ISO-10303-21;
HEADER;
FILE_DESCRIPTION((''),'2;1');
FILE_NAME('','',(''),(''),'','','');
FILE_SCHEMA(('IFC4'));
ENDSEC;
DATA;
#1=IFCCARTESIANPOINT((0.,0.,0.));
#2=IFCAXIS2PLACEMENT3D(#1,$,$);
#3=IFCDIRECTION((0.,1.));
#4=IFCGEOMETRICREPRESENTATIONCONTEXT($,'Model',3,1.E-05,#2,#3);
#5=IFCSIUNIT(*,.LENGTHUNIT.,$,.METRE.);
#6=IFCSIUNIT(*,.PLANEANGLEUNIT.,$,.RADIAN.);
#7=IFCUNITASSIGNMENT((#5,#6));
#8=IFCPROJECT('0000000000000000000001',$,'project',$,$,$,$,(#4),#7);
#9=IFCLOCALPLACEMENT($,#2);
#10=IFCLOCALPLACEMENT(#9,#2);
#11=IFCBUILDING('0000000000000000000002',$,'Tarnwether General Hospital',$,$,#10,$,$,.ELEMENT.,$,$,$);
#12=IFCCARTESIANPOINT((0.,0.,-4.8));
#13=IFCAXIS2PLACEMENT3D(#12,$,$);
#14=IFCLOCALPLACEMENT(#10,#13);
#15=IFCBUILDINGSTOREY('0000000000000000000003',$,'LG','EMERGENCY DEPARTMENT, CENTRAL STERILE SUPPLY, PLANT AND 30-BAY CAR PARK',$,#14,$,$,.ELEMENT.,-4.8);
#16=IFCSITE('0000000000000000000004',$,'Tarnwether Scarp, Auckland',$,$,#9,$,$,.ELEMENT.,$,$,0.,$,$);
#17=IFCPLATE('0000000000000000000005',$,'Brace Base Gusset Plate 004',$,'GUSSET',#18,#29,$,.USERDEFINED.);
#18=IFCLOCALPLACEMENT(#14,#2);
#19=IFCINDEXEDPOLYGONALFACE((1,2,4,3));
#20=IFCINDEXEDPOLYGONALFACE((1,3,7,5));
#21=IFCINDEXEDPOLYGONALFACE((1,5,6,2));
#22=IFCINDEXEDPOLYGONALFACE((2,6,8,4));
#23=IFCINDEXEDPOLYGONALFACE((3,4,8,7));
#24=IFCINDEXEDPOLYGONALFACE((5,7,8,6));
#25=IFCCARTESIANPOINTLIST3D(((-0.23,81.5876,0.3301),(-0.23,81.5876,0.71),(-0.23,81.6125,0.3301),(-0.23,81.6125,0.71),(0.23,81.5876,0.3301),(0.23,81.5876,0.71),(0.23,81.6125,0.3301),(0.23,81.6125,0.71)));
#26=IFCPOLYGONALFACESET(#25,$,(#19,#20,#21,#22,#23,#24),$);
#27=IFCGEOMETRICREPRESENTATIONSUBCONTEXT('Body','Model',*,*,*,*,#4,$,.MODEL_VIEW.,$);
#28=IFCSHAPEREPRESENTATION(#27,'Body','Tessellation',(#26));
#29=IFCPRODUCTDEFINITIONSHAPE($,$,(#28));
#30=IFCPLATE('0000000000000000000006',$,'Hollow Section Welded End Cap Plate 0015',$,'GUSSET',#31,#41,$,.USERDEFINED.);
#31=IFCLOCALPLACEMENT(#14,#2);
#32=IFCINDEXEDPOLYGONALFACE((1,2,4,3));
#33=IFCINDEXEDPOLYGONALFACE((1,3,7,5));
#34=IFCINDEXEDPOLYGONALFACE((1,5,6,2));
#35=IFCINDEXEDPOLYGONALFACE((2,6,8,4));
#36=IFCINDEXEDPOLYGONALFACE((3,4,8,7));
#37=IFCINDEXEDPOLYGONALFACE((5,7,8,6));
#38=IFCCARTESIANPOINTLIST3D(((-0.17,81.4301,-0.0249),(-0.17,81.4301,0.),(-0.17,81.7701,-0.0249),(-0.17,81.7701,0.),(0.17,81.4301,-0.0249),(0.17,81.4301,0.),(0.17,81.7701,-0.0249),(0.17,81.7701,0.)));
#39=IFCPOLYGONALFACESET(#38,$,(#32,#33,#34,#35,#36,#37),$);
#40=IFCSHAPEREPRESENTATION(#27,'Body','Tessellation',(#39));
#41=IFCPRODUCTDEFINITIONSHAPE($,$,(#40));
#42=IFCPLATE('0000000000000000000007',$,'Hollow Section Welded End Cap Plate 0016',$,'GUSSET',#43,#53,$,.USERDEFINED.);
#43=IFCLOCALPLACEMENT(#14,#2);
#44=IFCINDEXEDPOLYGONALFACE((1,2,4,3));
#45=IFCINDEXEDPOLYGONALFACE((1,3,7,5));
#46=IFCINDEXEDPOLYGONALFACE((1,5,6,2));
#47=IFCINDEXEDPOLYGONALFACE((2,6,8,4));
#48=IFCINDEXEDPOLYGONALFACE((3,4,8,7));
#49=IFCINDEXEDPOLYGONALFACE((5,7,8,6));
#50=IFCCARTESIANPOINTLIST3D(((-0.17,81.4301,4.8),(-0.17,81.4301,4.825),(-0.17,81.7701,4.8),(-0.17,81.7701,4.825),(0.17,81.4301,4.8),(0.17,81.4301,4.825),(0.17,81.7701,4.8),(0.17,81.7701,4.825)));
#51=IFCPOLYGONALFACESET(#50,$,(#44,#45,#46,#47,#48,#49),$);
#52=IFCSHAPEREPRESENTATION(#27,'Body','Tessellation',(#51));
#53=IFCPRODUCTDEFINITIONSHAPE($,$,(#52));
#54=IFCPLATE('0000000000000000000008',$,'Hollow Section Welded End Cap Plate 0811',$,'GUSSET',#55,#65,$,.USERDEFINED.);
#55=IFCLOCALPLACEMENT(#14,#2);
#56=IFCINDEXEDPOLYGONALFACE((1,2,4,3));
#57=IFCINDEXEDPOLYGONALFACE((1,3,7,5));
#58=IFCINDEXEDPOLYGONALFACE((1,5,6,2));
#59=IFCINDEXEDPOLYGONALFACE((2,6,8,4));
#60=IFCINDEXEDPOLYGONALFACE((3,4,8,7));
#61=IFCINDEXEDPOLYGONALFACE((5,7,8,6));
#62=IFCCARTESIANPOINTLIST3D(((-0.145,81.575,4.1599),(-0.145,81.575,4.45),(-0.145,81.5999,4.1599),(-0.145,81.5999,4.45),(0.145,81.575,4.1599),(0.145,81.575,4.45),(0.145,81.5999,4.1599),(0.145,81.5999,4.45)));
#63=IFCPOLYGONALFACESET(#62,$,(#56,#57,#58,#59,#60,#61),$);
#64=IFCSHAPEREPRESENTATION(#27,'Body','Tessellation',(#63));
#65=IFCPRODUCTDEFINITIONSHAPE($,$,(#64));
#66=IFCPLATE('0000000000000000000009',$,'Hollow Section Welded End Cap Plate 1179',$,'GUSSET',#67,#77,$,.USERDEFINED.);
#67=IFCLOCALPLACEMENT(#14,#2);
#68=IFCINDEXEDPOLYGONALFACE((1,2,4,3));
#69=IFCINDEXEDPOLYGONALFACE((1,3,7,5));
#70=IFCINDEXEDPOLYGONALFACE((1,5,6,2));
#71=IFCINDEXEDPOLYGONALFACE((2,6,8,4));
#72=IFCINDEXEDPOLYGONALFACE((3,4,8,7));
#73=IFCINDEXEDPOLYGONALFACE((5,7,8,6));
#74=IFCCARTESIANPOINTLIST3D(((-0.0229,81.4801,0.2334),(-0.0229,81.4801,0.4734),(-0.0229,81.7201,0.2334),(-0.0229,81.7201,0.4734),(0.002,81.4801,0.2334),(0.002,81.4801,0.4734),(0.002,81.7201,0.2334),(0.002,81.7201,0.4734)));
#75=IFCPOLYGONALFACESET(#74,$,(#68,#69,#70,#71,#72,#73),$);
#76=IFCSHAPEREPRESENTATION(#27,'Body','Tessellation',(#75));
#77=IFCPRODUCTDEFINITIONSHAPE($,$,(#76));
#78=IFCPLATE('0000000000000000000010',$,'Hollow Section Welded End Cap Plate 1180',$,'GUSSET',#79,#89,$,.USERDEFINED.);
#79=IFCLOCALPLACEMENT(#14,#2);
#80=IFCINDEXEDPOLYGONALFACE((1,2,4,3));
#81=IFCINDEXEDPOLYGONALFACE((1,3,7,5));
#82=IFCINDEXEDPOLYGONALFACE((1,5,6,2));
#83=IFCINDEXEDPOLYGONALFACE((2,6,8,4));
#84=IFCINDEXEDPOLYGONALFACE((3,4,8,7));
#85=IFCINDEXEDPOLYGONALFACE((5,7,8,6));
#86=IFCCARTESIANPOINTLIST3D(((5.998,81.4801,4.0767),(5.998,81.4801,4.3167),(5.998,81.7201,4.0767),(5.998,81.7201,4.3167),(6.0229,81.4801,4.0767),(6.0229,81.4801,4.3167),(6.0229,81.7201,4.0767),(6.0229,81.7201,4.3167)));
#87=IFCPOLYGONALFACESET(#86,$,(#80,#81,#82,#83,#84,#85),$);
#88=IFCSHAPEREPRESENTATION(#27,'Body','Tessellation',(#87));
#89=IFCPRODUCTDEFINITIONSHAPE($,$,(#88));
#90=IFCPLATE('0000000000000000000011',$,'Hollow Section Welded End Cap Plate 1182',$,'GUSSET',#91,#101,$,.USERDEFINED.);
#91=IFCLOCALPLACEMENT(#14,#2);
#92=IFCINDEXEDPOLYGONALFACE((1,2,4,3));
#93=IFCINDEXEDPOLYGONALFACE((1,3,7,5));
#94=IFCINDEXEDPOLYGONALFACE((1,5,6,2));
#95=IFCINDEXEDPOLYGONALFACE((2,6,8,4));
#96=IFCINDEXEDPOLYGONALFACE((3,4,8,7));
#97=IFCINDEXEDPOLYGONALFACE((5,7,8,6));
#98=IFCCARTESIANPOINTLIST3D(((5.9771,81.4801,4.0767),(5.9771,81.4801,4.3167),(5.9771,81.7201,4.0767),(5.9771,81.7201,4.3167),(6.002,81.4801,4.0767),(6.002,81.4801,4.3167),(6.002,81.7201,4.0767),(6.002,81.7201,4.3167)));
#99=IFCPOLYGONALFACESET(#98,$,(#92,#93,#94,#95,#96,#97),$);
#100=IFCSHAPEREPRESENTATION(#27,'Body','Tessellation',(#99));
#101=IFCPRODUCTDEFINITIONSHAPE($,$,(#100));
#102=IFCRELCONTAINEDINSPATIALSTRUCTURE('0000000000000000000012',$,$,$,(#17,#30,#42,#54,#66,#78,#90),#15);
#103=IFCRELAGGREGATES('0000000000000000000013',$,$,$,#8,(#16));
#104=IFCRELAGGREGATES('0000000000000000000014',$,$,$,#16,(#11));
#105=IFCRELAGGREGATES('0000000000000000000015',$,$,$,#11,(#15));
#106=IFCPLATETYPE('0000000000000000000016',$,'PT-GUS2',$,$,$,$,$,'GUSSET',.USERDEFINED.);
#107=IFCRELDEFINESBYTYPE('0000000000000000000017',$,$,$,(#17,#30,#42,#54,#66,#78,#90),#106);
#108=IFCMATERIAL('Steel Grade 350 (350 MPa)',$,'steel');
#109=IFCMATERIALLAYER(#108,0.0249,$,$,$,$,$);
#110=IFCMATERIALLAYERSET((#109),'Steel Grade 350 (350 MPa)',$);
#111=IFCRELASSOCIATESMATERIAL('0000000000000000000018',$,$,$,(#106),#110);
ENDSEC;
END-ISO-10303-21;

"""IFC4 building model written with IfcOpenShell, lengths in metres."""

from ifc_helpers import new_model, si_unit, direction, frame, origin, origin_2d, place, context, subcontext, project, spatial, rectangle, extrude, material, layer, layer_set, type_object, element, save


model = new_model("IFC4")

# Units and contexts
model_context = context("Model", 3, precision=1e-05, world=origin(), true_north=direction((0.0, 1.0)))
body_context = subcontext(model_context, "Body", "Model", "MODEL_VIEW")
ifc_project = project(units=[si_unit("LENGTHUNIT", "METRE"), si_unit("PLANEANGLEUNIT", "RADIAN")], contexts=[model_context])

# Site, building, storey
site_placement = place(None, origin())
site = spatial("IfcSite", under=ifc_project, at=site_placement, Name="Tarnwether Scarp, Auckland", CompositionType="ELEMENT", RefElevation=0.0)
building_placement = place(site_placement, origin())
building = spatial("IfcBuilding", under=site, at=building_placement, Name="Tarnwether General Hospital", CompositionType="ELEMENT")
storey_placement = place(building_placement, frame((0.0, 0.0, -4.8)))
storey = spatial("IfcBuildingStorey", under=building, at=storey_placement, Name="LG", Description="EMERGENCY DEPARTMENT, CENTRAL STERILE SUPPLY, PLANT AND 30-BAY CAR PARK", CompositionType="ELEMENT", Elevation=-4.8)

# Plates
ifc_material_1 = material(Name="Steel Grade 350 (350 MPa)", Category="steel")
ifc_layer_1 = layer(ifc_material_1, 0.0249)
ifc_layer_set_1 = layer_set([ifc_layer_1], Name="Steel Grade 350 (350 MPa)")
plate_type_1 = type_object("IfcPlateType", Name="PT-GUS2", ElementType="GUSSET", PredefinedType="USERDEFINED", material=ifc_layer_set_1)
plate_1_placement = place(storey_placement, frame((0.0, 81.6001, 0.3301), z_axis=(0.0, 0.0, 1.0), x_axis=(1.0, 0.0, 0.0)))
element("IfcPlate", 1, at=plate_1_placement, inside=storey, type_object=plate_type_1, Name="Brace Base Gusset Plate 004", ObjectType="GUSSET", PredefinedType="USERDEFINED", context=body_context, shape_type="SweptSolid", body=[
    extrude(rectangle(XDim=0.46, YDim=0.0249, at=origin_2d()), origin(), (0.0, 0.0, 1.0), 0.3799),
])
for number, where, z_axis, x_axis, name in (
    (2, (0.0, 81.6001, -0.0249), (0.0, 0.0, 1.0), (1.0, 0.0, 0.0), "Hollow Section Welded End Cap Plate 0015"),
    (3, (0.0, 81.6001, 4.8), (0.0, 0.0, 1.0), (1.0, 0.0, 0.0), "Hollow Section Welded End Cap Plate 0016"),
):
    element("IfcPlate", number, at=place(storey_placement, frame(where, z_axis=z_axis, x_axis=x_axis)), inside=storey, type_object=plate_type_1, Name=name, ObjectType="GUSSET", PredefinedType="USERDEFINED", context=body_context, shape_type="SweptSolid", body=[
        extrude(rectangle(XDim=0.3401, YDim=0.3401, at=origin_2d()), origin(), (0.0, 0.0, 1.0), 0.0249),
    ])
plate_2_placement = place(storey_placement, frame((0.0, 81.5874, 4.1599), z_axis=(0.0, 0.0, 1.0), x_axis=(0.0, 1.0, 0.0)))
element("IfcPlate", 4, at=plate_2_placement, inside=storey, type_object=plate_type_1, Name="Hollow Section Welded End Cap Plate 0811", ObjectType="GUSSET", PredefinedType="USERDEFINED", context=body_context, shape_type="SweptSolid", body=[
    extrude(rectangle(XDim=0.0249, YDim=0.29, at=origin_2d()), origin(), (0.0, 0.0, 1.0), 0.29),
])
for number, where, z_axis, x_axis, name in (
    (5, (-0.0105, 81.6001, 0.2334), (0.0, 0.0, 1.0), (1.0, 0.0, 0.0), "Hollow Section Welded End Cap Plate 1179"),
    (6, (6.0105, 81.6001, 4.0767), (0.0, 0.0, 1.0), (1.0, 0.0, 0.0), "Hollow Section Welded End Cap Plate 1180"),
    (7, (5.9895, 81.6001, 4.0767), (0.0, 0.0, 1.0), (-1.0, 0.0, 0.0), "Hollow Section Welded End Cap Plate 1182"),
):
    element("IfcPlate", number, at=place(storey_placement, frame(where, z_axis=z_axis, x_axis=x_axis)), inside=storey, type_object=plate_type_1, Name=name, ObjectType="GUSSET", PredefinedType="USERDEFINED", context=body_context, shape_type="SweptSolid", body=[
        extrude(rectangle(XDim=0.0249, YDim=0.24, at=origin_2d()), origin(), (0.0, 0.0, 1.0), 0.24),
    ])

save(model, "model.ifc")
